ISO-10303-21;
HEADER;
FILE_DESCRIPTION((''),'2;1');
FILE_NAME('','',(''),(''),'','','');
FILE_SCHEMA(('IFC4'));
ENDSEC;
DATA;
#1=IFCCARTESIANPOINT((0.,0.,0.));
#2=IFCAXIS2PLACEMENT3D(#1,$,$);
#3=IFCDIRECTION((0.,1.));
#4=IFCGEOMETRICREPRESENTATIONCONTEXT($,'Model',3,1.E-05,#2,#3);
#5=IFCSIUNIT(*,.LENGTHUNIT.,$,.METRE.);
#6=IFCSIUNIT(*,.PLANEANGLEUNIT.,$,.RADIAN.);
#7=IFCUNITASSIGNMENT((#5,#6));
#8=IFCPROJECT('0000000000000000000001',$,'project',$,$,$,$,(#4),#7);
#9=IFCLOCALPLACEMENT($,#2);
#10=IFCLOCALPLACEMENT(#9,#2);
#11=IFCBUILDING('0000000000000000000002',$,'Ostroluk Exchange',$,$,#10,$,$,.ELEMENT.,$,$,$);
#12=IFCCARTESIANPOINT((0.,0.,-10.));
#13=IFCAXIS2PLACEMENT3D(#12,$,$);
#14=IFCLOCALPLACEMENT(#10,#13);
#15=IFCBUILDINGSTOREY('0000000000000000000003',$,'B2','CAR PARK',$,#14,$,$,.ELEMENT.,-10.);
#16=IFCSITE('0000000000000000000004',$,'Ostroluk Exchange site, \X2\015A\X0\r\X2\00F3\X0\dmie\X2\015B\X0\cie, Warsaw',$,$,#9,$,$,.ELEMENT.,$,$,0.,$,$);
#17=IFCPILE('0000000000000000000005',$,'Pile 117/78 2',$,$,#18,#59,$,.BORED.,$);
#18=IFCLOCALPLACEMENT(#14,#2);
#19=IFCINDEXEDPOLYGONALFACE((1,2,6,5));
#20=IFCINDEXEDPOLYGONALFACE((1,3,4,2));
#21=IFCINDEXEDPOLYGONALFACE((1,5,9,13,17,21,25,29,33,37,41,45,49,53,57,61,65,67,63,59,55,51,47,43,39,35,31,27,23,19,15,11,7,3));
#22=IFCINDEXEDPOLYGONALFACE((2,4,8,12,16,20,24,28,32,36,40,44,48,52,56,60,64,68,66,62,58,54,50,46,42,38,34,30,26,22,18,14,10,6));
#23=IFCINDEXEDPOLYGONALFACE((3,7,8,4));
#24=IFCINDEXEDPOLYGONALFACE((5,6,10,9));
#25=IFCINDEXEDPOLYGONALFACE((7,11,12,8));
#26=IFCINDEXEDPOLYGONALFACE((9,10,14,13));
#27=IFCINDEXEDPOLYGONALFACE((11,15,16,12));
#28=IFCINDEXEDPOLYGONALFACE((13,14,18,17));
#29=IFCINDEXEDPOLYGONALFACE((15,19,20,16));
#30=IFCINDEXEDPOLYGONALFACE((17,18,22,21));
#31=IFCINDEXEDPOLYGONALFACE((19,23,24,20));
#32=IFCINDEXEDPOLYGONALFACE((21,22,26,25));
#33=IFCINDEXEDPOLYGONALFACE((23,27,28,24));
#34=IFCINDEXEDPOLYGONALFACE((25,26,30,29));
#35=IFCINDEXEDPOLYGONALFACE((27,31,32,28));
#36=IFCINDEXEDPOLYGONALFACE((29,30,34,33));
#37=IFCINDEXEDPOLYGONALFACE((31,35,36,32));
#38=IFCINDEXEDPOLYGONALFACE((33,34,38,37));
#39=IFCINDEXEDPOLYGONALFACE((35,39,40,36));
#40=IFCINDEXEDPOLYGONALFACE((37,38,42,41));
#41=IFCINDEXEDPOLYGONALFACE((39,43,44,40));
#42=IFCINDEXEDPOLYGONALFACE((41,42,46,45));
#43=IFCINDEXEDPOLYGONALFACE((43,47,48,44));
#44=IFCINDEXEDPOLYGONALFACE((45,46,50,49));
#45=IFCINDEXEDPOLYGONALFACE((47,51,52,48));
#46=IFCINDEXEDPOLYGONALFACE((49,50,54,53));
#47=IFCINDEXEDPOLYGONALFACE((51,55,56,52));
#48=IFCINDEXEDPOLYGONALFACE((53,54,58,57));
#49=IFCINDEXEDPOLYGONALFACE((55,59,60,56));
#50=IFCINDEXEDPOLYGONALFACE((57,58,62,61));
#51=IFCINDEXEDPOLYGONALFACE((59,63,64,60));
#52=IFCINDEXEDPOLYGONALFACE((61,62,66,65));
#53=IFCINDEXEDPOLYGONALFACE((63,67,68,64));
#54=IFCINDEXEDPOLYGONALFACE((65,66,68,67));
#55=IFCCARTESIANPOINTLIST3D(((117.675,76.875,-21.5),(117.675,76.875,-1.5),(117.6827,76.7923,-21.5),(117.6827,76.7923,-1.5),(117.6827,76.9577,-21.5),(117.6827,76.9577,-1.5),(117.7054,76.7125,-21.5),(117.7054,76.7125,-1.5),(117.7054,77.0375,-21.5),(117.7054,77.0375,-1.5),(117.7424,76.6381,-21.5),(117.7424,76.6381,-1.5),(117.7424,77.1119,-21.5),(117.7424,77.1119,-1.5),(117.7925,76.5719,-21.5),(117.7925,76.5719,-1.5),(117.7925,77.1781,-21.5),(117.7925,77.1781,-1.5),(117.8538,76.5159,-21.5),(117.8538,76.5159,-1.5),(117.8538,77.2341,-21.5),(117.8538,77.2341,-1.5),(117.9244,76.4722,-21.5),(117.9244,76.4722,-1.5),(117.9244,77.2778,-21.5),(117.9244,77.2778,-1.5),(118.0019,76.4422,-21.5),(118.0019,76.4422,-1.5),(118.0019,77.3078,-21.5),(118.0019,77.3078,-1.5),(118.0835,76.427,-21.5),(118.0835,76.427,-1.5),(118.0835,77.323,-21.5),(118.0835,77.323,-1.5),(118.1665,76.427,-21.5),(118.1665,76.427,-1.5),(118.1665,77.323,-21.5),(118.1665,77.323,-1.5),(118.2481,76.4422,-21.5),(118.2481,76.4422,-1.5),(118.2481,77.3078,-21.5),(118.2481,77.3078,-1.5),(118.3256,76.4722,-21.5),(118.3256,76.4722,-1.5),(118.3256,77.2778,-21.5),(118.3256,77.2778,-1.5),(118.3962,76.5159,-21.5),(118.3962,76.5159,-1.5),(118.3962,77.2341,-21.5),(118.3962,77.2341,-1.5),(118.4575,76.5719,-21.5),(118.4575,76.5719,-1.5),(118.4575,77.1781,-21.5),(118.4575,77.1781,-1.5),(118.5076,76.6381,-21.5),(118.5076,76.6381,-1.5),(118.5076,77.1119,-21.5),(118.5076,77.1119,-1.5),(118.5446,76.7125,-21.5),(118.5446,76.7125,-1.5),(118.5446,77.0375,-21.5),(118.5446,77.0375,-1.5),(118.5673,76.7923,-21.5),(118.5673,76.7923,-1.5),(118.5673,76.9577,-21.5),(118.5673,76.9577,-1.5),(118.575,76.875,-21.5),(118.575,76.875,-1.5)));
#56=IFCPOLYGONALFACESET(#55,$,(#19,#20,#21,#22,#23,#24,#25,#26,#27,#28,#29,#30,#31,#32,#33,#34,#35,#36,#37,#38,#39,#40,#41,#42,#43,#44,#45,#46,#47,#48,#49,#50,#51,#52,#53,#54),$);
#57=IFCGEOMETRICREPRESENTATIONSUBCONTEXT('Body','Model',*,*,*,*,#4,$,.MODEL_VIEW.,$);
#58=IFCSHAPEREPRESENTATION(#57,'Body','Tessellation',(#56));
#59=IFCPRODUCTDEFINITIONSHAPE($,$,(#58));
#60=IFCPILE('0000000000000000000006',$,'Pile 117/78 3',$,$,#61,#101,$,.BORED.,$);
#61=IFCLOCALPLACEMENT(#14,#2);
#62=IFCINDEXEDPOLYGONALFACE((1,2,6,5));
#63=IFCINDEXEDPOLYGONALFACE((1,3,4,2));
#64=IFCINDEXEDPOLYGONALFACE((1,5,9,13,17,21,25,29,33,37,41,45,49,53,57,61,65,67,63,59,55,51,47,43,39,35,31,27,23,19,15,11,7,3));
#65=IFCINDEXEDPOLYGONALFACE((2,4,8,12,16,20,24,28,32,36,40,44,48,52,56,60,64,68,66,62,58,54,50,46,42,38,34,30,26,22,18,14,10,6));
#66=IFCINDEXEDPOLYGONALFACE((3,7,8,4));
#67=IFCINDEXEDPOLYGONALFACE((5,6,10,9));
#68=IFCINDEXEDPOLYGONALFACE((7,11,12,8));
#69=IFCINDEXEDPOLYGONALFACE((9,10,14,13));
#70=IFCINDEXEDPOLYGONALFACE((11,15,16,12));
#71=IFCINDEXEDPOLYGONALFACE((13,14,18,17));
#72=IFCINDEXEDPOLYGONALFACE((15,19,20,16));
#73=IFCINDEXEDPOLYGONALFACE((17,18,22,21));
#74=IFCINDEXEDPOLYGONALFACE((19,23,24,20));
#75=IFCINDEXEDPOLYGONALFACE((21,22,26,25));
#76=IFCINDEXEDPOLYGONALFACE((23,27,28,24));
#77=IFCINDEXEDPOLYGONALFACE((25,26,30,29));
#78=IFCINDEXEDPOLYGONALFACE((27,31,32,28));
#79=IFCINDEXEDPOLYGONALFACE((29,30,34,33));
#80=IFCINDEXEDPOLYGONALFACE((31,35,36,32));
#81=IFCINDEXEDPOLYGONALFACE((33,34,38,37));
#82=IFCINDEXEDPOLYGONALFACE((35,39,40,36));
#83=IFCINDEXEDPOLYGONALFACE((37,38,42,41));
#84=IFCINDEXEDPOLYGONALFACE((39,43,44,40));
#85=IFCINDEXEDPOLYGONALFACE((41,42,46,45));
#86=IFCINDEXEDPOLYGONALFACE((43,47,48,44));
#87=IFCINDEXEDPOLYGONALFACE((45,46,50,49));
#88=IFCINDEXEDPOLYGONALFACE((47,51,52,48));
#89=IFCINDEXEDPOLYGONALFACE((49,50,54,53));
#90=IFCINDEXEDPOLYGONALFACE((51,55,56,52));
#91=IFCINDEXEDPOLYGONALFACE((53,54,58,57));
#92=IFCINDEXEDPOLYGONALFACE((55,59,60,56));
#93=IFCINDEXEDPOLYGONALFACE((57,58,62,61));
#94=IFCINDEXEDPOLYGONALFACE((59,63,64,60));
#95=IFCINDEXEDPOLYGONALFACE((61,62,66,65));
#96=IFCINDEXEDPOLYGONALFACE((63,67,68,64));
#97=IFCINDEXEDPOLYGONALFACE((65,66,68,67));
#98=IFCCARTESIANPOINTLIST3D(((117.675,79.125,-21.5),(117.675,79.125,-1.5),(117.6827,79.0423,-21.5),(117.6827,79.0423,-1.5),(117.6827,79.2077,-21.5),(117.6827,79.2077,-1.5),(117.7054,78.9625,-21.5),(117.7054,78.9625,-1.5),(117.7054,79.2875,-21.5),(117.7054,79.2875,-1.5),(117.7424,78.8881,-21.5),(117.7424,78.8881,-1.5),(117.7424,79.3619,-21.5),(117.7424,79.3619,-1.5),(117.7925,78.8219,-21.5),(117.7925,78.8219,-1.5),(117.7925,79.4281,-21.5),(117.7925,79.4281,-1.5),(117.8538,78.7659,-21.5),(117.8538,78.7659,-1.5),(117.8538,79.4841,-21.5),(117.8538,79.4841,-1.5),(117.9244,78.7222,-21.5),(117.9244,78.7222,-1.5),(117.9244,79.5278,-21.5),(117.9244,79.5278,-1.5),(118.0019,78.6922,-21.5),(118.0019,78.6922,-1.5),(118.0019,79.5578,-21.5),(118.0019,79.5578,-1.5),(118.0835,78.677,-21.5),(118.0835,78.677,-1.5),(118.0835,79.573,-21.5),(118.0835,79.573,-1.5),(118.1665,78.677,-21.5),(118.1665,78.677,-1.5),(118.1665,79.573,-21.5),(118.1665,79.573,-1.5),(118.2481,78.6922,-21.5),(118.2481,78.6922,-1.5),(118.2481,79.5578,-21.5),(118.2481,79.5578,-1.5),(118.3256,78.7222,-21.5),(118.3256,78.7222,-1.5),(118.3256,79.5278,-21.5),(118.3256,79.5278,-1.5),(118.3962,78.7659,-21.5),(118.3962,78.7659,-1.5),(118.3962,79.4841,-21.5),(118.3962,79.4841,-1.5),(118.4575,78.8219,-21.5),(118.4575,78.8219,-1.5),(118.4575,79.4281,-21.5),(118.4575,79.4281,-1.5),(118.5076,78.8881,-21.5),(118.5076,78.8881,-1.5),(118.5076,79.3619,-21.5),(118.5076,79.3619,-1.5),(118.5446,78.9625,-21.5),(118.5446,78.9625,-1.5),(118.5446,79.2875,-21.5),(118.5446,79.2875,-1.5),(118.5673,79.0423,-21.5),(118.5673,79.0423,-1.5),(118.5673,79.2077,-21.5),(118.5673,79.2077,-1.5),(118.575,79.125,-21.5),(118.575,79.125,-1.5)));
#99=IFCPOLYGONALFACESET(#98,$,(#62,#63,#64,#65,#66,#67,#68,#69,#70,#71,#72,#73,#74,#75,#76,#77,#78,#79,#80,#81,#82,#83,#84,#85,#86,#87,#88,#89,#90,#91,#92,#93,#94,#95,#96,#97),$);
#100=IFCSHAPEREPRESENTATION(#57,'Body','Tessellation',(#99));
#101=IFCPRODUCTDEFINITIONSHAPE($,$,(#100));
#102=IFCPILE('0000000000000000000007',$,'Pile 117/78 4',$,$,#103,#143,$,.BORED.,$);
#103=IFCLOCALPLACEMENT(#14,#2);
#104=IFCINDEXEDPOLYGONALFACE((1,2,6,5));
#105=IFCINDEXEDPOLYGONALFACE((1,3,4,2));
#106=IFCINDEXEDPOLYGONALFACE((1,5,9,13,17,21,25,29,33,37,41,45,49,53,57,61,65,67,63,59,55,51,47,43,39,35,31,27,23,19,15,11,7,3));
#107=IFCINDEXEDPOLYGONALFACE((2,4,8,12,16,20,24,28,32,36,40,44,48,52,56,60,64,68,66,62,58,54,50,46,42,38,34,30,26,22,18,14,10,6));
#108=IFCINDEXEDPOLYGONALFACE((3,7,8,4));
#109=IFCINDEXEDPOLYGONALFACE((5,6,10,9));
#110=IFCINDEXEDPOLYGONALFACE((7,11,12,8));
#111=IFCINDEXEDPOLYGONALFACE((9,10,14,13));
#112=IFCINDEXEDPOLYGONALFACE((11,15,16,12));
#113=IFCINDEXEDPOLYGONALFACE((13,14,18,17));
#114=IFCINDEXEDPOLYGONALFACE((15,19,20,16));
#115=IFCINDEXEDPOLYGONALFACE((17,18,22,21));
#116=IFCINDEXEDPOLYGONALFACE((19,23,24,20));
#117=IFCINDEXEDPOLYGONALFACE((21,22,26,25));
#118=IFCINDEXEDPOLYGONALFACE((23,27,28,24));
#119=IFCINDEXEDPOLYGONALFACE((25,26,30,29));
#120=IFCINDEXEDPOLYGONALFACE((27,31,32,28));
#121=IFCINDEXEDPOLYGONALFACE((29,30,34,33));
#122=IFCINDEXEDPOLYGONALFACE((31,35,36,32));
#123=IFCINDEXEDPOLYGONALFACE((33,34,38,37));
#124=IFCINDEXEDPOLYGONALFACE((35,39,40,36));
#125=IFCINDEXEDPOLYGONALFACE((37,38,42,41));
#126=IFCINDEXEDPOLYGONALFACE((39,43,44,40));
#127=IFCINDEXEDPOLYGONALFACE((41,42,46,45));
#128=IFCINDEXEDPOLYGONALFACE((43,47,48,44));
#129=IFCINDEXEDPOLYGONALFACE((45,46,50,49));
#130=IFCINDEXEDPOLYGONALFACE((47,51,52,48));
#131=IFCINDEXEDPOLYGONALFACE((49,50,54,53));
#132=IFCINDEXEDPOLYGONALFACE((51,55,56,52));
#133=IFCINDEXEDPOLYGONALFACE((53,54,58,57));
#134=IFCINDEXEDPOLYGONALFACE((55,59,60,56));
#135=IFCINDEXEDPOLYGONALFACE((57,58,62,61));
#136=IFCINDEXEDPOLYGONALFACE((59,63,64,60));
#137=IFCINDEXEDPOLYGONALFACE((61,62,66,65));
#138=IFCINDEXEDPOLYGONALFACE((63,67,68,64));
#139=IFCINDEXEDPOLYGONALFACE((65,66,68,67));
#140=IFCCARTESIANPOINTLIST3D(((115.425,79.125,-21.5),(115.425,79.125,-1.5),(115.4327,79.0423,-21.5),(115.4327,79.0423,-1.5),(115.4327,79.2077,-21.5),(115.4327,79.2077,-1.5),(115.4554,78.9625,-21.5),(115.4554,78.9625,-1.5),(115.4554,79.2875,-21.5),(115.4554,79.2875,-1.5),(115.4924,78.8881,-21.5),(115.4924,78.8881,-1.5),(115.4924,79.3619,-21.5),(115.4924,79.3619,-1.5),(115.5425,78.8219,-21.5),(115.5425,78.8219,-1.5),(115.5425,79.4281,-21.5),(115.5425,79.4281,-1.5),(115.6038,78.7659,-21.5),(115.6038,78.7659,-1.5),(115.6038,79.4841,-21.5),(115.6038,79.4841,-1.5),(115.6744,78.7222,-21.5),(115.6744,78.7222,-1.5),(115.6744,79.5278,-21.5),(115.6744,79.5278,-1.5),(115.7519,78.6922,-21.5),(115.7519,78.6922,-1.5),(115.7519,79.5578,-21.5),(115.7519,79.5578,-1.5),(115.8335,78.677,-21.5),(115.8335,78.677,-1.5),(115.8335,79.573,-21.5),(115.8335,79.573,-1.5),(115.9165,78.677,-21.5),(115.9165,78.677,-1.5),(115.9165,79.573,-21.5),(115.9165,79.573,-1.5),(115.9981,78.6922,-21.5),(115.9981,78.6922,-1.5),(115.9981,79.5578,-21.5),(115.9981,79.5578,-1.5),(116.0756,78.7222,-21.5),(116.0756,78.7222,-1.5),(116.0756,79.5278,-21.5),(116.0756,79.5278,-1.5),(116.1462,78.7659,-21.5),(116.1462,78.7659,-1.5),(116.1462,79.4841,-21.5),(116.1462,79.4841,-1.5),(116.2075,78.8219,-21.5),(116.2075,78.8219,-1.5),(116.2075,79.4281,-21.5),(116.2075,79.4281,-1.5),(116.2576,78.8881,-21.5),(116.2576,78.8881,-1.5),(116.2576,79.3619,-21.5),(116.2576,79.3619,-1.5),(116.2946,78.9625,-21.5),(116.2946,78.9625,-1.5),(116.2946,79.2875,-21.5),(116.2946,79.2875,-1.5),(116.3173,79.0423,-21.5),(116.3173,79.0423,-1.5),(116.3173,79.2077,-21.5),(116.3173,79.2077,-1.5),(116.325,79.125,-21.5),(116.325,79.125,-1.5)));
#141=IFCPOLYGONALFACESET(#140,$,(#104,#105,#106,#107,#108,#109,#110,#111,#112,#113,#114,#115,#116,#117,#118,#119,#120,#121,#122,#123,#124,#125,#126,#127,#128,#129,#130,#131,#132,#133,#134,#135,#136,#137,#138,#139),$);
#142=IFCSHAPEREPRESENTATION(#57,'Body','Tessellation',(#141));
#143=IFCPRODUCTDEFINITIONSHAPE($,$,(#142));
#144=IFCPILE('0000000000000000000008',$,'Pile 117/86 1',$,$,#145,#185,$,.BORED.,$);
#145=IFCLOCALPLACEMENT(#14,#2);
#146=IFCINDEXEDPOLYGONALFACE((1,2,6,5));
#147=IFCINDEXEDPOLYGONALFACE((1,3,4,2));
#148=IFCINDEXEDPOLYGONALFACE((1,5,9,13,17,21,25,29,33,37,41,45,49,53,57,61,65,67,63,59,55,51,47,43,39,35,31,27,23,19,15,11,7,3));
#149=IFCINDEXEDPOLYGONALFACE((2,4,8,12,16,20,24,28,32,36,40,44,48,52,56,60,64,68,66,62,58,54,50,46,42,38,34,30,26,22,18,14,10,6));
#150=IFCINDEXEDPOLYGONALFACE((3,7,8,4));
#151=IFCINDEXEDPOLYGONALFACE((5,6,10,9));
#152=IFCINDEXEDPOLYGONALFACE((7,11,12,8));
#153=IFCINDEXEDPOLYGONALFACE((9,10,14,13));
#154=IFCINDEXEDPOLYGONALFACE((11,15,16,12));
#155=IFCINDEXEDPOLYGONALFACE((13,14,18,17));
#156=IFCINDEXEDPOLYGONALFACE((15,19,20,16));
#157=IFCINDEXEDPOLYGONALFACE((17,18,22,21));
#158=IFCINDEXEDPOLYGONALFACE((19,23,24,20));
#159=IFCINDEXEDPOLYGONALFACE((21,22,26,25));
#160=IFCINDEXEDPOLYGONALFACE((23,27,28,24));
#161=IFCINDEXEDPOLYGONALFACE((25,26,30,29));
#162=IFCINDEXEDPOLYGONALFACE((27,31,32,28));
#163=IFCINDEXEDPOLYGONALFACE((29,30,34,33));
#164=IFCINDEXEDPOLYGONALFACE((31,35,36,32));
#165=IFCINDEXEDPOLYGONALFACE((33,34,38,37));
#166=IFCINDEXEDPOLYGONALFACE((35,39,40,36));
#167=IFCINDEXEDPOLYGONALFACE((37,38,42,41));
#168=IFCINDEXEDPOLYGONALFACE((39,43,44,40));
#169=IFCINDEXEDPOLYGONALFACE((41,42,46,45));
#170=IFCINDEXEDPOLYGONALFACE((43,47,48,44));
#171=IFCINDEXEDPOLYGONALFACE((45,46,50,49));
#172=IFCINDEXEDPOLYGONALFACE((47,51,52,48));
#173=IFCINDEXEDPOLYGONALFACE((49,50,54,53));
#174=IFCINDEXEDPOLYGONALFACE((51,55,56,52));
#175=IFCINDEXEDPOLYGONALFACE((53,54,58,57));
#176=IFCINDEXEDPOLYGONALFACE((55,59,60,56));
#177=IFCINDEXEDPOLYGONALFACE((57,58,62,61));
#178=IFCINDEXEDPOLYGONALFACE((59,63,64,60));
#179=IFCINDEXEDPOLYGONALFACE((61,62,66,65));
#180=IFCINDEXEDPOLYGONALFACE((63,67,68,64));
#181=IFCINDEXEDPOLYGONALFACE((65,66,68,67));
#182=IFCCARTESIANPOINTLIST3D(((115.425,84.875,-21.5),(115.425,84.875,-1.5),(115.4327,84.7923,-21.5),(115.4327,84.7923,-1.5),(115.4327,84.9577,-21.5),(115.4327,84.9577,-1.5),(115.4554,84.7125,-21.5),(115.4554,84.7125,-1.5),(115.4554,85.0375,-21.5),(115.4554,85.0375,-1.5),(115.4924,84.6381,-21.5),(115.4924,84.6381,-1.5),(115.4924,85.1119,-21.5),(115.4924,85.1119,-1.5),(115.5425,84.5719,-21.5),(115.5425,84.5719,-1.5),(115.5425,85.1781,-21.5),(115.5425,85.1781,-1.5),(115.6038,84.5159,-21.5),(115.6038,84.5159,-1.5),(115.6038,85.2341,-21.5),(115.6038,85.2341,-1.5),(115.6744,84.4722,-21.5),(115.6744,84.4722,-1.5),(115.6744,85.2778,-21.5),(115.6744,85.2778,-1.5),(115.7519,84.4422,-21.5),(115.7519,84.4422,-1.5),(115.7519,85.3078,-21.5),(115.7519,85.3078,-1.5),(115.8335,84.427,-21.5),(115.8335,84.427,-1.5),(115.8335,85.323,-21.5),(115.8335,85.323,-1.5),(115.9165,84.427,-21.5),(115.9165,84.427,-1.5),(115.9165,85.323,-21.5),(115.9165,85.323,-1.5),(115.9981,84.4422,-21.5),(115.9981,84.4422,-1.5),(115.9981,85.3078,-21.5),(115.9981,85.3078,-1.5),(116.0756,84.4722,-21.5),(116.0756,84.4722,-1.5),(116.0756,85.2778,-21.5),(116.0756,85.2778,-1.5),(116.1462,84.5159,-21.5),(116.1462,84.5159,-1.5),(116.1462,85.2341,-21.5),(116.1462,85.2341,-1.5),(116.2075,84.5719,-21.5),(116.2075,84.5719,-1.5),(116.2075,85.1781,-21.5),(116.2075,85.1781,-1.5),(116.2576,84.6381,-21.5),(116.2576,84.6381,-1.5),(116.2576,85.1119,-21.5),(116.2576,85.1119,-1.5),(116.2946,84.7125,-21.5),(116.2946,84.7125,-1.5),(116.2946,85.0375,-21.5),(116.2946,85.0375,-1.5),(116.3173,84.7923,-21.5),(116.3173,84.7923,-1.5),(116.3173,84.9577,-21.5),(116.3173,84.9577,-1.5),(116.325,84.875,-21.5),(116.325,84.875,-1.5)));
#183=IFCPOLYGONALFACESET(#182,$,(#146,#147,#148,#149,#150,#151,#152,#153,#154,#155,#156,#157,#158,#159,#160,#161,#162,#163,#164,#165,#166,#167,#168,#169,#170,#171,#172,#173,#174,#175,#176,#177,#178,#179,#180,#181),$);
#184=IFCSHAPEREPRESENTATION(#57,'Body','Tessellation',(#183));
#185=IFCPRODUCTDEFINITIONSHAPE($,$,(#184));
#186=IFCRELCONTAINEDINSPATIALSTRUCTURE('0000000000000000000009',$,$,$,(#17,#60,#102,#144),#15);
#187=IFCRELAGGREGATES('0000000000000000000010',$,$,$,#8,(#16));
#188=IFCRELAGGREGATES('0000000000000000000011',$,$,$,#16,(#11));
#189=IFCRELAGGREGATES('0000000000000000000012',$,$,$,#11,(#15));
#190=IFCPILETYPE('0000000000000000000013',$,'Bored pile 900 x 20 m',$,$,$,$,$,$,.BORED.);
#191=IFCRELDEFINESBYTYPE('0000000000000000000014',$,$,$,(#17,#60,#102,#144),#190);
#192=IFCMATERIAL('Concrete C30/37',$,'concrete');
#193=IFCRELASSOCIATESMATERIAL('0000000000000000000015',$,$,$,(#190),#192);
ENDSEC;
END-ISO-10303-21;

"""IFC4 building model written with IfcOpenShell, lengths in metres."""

from ifc_helpers import new_model, si_unit, direction, frame, origin, origin_2d, place, context, subcontext, project, spatial, circle, extrude, material, type_object, element, save


model = new_model("IFC4")

# Units and contexts
model_context = context("Model", 3, precision=1e-05, world=origin(), true_north=direction((0.0, 1.0)))
body_context = subcontext(model_context, "Body", "Model", "MODEL_VIEW")
ifc_project = project(units=[si_unit("LENGTHUNIT", "METRE"), si_unit("PLANEANGLEUNIT", "RADIAN")], contexts=[model_context])

# Site, building, storey
site_placement = place(None, origin())
site = spatial("IfcSite", under=ifc_project, at=site_placement, Name="Ostroluk Exchange site, Śródmieście, Warsaw", CompositionType="ELEMENT", RefElevation=0.0)
building_placement = place(site_placement, origin())
building = spatial("IfcBuilding", under=site, at=building_placement, Name="Ostroluk Exchange", CompositionType="ELEMENT")
storey_placement = place(building_placement, frame((0.0, 0.0, -10.0)))
storey = spatial("IfcBuildingStorey", under=building, at=storey_placement, Name="B2", Description="CAR PARK", CompositionType="ELEMENT", Elevation=-10.0)

# Piles
ifc_material_1 = material(Name="Concrete C30/37", Category="concrete")
pile_type = type_object("IfcPileType", Name="Bored pile 900 x 20 m", PredefinedType="BORED", material=ifc_material_1)
for number, where, z_axis, x_axis, name in (
    (1, (118.125, 76.875, -1.5), (0.0, 0.0, -1.0), (1.0, 0.0, 0.0), "Pile 117/78 2"),
    (2, (118.125, 79.125, -1.5), (0.0, 0.0, -1.0), (1.0, 0.0, 0.0), "Pile 117/78 3"),
    (3, (115.875, 79.125, -1.5), (0.0, 0.0, -1.0), (1.0, 0.0, 0.0), "Pile 117/78 4"),
    (4, (115.875, 84.875, -1.5), (0.0, 0.0, -1.0), (1.0, 0.0, 0.0), "Pile 117/86 1"),
):
    element("IfcPile", number, at=place(storey_placement, frame(where, z_axis=z_axis, x_axis=x_axis)), inside=storey, type_object=pile_type, Name=name, PredefinedType="BORED", context=body_context, shape_type="SweptSolid", body=[
        extrude(circle(Radius=0.45, at=origin_2d()), origin(), (0.0, 0.0, 1.0), 20.0),
    ])

save(model, "model.ifc")
